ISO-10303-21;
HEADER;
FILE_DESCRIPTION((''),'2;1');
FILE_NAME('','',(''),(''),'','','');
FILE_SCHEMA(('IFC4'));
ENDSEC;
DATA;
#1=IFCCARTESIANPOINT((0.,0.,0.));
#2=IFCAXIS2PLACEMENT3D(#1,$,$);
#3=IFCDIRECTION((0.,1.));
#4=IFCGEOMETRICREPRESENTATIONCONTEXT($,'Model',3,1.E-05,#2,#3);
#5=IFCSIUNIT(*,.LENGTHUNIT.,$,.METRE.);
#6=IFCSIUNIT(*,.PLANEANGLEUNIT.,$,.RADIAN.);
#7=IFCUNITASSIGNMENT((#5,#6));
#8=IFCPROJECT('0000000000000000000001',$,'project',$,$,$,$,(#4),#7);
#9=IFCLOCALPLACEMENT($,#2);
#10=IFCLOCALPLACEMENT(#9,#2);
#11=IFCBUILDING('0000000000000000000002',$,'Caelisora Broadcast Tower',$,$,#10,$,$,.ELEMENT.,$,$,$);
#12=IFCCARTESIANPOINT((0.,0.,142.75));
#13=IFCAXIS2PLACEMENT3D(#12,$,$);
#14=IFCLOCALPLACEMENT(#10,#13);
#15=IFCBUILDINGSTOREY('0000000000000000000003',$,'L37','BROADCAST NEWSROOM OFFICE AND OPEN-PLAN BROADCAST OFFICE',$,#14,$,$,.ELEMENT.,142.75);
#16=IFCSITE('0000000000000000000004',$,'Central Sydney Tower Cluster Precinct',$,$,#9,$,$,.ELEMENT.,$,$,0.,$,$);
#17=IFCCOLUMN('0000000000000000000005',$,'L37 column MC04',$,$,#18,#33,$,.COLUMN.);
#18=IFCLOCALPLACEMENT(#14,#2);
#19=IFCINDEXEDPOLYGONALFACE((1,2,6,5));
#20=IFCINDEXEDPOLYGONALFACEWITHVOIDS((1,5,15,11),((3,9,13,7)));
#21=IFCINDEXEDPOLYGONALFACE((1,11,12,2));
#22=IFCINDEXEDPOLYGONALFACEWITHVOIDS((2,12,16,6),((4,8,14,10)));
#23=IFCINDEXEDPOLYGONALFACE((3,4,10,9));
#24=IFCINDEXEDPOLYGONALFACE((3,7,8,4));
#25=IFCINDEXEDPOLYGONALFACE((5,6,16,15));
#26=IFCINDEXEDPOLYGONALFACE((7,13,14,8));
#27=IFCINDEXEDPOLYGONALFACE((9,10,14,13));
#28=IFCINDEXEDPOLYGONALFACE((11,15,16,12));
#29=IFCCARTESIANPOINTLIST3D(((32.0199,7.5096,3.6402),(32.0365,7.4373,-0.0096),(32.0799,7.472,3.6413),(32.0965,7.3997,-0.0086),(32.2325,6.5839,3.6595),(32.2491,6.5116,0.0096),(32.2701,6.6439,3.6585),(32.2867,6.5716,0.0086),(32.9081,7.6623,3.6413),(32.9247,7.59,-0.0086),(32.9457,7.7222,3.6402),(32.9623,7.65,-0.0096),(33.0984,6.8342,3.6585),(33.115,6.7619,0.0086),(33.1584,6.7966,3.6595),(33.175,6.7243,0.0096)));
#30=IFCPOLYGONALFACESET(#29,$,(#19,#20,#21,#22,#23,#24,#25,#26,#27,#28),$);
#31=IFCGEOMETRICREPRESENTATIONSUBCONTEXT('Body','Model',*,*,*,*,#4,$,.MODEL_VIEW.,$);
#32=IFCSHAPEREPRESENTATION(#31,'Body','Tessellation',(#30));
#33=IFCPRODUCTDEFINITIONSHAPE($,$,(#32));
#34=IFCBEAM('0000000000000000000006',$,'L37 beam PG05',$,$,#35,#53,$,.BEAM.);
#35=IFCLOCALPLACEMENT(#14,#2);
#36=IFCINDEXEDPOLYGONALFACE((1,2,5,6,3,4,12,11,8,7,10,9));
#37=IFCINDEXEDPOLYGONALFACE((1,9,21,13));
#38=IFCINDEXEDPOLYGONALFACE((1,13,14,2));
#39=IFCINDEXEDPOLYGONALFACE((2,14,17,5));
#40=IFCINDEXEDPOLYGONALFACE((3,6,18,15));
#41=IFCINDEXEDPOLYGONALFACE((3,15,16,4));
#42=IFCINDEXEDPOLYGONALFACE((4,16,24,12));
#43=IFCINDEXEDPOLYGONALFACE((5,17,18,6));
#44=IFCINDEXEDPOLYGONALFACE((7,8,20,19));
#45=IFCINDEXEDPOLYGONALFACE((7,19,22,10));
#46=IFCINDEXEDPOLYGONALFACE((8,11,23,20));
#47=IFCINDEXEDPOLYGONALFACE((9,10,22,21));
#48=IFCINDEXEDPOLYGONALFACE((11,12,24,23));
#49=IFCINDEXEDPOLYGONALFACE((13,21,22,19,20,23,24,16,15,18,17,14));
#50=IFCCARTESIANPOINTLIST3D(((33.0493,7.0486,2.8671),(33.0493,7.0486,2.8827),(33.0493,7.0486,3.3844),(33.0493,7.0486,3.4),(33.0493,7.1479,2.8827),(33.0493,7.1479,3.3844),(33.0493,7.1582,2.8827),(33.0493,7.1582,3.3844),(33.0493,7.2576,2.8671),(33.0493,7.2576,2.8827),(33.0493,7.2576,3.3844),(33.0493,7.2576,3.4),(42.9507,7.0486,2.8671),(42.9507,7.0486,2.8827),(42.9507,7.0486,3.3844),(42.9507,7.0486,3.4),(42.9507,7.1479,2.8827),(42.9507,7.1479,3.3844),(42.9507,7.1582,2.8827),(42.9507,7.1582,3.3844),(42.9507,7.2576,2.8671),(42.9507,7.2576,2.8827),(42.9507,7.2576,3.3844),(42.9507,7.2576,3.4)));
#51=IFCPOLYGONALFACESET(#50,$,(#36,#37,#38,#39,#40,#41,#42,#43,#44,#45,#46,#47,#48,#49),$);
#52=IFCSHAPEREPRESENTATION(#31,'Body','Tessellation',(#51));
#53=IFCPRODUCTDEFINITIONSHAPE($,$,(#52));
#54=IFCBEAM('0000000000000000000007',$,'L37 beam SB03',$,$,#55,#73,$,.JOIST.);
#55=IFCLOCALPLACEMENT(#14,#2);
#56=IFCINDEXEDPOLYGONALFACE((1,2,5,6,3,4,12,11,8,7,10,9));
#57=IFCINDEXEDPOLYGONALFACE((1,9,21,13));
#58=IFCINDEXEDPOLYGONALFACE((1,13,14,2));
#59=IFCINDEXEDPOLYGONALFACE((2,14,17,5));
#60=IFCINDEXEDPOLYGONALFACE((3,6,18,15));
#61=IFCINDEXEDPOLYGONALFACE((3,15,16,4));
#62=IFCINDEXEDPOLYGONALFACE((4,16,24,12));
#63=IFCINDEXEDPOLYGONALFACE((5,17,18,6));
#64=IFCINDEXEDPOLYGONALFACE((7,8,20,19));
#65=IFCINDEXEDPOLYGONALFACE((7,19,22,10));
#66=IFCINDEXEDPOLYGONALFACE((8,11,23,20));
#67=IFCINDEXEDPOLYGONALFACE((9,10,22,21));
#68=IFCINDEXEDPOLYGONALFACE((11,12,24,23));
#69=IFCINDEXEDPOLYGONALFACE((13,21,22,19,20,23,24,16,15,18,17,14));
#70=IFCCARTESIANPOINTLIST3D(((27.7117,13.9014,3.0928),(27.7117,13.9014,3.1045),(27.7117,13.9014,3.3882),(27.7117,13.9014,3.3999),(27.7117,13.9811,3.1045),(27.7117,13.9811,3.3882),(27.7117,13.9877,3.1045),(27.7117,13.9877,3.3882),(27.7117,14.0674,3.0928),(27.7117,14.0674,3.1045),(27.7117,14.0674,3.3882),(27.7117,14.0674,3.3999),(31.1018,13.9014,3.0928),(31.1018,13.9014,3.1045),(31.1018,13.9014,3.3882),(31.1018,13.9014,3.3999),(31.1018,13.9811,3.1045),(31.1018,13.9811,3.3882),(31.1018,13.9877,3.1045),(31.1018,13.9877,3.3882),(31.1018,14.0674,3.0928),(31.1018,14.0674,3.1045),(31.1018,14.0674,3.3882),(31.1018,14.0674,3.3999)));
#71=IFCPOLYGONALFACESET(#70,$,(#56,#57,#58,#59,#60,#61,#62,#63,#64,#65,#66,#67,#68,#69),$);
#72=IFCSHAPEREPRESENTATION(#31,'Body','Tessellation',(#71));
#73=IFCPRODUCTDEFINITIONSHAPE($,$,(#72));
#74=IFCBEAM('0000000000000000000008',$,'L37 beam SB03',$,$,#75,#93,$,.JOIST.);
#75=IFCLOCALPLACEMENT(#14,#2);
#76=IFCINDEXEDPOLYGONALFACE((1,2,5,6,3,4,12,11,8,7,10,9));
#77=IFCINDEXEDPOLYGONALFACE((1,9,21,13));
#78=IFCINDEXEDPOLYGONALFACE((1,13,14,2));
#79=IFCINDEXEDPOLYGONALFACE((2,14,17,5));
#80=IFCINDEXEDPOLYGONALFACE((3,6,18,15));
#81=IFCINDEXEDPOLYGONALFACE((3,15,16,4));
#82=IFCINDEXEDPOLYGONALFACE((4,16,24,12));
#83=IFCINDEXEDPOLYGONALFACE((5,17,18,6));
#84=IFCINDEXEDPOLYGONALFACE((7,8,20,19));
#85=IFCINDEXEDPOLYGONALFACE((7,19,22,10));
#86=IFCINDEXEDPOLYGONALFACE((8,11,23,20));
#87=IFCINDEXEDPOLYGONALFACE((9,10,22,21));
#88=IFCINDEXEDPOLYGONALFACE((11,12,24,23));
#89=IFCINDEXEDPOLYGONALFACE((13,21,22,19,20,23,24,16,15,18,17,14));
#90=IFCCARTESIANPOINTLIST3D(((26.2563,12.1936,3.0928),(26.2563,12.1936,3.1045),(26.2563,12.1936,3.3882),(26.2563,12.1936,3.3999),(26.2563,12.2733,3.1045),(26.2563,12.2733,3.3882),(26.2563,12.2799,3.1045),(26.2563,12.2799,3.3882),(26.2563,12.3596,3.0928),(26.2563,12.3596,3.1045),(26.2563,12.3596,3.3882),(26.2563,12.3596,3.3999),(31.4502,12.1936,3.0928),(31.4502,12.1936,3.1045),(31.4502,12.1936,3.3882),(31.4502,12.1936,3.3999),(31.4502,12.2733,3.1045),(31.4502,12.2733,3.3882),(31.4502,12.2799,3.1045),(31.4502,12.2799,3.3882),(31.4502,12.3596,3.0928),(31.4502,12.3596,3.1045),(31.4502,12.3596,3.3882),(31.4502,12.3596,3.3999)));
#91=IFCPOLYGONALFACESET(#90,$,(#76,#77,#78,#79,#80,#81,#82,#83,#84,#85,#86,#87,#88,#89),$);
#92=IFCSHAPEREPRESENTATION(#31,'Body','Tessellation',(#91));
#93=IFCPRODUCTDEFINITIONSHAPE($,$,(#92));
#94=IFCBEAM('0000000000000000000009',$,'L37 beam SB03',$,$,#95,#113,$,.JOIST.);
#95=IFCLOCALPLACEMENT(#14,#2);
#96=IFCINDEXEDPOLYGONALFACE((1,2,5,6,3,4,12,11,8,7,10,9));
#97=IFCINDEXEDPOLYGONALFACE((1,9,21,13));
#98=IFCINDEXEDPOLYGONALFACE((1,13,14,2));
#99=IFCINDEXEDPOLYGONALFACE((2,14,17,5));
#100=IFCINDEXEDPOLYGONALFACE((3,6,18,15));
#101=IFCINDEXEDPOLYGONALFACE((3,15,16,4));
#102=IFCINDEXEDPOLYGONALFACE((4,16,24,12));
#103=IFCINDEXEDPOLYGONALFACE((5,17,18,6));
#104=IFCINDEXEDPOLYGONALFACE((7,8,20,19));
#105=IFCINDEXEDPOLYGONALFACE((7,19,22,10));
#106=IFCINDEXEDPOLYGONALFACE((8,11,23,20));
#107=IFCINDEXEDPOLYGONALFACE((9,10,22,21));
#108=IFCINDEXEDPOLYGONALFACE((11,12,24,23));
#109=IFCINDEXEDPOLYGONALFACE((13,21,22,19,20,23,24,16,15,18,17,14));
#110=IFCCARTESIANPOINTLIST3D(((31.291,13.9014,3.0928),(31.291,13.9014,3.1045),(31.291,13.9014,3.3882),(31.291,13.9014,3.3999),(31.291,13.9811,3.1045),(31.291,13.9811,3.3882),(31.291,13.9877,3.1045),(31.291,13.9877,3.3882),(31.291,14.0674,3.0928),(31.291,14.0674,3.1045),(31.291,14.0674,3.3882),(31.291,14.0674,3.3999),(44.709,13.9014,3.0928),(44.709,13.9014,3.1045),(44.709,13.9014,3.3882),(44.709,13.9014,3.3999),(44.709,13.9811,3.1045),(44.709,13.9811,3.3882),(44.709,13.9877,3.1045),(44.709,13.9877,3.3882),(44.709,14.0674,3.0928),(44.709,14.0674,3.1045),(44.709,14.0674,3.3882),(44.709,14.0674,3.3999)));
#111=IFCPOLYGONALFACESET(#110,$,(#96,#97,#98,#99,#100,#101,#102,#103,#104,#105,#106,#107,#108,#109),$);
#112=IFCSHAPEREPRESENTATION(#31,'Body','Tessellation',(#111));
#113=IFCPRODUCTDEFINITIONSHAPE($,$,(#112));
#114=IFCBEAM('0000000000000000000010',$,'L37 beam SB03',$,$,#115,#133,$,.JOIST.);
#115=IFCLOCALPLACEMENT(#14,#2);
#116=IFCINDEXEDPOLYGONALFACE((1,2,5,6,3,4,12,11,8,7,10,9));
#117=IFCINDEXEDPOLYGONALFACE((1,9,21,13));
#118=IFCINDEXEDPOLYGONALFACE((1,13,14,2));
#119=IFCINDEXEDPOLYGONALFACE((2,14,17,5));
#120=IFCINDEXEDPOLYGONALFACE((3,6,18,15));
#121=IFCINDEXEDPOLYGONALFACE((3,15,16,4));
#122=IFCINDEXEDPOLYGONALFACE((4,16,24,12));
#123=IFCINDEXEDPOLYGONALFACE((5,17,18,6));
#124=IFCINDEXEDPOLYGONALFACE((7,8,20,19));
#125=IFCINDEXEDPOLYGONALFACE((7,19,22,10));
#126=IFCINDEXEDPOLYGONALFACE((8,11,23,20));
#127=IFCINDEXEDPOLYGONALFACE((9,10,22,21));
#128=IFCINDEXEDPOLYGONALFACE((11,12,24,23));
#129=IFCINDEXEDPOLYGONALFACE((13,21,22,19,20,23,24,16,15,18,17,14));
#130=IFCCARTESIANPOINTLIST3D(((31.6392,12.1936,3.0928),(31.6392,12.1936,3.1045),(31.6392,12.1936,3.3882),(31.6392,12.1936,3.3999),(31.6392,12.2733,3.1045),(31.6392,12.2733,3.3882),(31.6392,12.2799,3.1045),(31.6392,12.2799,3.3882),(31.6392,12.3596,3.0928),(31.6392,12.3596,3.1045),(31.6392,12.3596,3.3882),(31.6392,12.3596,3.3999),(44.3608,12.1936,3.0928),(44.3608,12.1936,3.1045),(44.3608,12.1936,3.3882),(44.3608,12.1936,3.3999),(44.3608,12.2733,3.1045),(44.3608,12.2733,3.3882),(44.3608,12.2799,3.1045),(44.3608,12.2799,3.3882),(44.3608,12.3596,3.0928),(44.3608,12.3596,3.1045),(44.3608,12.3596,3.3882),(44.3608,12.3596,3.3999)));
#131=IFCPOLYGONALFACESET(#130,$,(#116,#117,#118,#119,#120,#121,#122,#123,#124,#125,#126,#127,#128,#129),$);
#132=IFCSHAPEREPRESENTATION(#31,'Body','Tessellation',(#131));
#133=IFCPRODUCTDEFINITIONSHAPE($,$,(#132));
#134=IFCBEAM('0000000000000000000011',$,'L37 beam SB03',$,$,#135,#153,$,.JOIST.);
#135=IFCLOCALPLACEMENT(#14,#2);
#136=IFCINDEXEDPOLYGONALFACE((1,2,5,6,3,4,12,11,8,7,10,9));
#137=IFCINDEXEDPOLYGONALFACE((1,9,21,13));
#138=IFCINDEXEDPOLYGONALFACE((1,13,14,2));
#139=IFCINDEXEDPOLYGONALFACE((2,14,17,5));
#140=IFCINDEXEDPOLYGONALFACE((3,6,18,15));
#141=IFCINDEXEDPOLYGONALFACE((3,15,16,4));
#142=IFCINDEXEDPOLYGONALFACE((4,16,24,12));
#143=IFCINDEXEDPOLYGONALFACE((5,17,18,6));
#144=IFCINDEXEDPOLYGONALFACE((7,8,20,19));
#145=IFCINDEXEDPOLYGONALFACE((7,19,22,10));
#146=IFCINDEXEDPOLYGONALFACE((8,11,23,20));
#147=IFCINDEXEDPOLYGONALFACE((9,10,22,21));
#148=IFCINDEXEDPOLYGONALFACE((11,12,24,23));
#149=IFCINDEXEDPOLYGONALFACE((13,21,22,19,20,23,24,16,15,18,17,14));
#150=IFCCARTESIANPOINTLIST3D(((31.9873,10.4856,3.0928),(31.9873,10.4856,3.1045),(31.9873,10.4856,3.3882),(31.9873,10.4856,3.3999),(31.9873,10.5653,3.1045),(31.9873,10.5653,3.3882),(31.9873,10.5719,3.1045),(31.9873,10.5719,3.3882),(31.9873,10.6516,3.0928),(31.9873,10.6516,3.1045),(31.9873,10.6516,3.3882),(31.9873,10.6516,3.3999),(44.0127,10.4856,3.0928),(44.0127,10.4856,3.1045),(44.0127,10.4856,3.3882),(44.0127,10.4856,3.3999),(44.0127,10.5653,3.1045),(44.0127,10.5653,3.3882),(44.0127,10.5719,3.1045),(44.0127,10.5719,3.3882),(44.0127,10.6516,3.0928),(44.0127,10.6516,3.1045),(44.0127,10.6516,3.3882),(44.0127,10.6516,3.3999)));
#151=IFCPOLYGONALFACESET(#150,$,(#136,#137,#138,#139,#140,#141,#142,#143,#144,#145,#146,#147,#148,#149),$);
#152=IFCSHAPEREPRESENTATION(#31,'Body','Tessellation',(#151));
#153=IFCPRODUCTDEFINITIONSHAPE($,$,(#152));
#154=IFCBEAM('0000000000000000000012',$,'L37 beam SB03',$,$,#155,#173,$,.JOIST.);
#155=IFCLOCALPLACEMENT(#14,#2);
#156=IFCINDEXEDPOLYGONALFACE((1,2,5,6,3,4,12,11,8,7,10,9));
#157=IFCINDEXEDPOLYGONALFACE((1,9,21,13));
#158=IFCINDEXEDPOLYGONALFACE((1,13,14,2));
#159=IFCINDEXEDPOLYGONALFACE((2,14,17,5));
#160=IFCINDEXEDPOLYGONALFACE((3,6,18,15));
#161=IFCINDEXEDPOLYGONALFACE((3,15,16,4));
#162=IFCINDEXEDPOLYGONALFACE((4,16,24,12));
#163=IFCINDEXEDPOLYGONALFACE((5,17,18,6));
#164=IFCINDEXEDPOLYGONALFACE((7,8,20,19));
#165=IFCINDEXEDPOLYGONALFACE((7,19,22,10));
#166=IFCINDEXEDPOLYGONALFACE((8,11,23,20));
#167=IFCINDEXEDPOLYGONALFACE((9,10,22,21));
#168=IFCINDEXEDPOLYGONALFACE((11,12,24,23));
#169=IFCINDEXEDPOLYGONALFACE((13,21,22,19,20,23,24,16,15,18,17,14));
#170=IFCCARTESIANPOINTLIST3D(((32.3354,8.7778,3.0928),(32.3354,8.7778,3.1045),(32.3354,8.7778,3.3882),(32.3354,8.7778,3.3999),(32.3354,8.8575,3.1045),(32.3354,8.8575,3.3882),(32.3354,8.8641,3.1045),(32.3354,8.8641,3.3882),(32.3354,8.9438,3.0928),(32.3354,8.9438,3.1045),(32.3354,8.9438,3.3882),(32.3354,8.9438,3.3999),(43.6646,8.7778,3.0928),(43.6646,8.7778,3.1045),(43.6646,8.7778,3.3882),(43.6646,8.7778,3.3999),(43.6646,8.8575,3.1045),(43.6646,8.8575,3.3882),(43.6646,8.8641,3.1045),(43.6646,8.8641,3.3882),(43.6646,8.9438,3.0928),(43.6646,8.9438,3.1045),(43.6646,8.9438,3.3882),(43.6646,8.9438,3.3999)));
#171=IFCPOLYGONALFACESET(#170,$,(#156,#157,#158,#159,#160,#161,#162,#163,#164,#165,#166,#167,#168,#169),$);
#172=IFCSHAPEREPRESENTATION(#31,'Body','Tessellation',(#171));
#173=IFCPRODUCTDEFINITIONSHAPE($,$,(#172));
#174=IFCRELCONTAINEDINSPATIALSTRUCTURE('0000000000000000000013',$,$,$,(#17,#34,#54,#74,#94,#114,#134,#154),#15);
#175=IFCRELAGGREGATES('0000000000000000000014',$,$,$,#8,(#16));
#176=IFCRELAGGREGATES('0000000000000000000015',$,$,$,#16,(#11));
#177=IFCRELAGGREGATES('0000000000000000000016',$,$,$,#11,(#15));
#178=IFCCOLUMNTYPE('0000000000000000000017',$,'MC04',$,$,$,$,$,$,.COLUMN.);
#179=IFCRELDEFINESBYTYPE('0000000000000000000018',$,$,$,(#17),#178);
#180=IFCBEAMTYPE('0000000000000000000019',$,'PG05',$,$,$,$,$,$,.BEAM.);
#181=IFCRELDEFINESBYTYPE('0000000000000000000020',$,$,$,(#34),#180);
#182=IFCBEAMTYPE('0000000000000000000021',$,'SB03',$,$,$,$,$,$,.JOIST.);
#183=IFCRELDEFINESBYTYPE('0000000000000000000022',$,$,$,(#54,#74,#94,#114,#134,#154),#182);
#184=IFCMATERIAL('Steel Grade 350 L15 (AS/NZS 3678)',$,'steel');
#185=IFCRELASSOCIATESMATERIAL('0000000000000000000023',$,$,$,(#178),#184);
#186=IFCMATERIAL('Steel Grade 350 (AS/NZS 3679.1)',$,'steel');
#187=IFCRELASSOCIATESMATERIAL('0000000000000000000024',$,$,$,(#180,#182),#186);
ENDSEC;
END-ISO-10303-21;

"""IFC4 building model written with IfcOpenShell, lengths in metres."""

from ifc_helpers import new_model, si_unit, direction, frame, origin, origin_2d, place, context, subcontext, project, spatial, hollow_rectangle, i_section, extrude, source, transform, mapped, material, material_profile, profile_set, type_object, type_shapes, element, save


model = new_model("IFC4")

# Units and contexts
model_context = context("Model", 3, precision=1e-05, world=origin(), true_north=direction((0.0, 1.0)))
body_context = subcontext(model_context, "Body", "Model", "MODEL_VIEW")
ifc_project = project(units=[si_unit("LENGTHUNIT", "METRE"), si_unit("PLANEANGLEUNIT", "RADIAN")], contexts=[model_context])

# Site, building, storey
site_placement = place(None, origin())
site = spatial("IfcSite", under=ifc_project, at=site_placement, Name="Central Sydney Tower Cluster Precinct", CompositionType="ELEMENT", RefElevation=0.0)
building_placement = place(site_placement, origin())
building = spatial("IfcBuilding", under=site, at=building_placement, Name="Caelisora Broadcast Tower", CompositionType="ELEMENT")
storey_placement = place(building_placement, frame((0.0, 0.0, 142.75)))
storey = spatial("IfcBuildingStorey", under=building, at=storey_placement, Name="L37", Description="BROADCAST NEWSROOM OFFICE AND OPEN-PLAN BROADCAST OFFICE", CompositionType="ELEMENT", Elevation=142.75)

# Column
ifc_material_1 = material(Name="Steel Grade 350 L15 (AS/NZS 3678)", Category="steel")
ifc_material_profile_1 = material_profile(ifc_material_1, hollow_rectangle(XDim=0.95, YDim=0.95, WallThickness=0.05, at=origin_2d()), Name="Steel Grade 350 L15 (AS/NZS 3678)")
ifc_profile_set_1 = profile_set([ifc_material_profile_1], Name="Steel Grade 350 L15 (AS/NZS 3678)")
column_type = type_object("IfcColumnType", Name="MC04", PredefinedType="COLUMN", material=ifc_profile_set_1)
shared_shape_1 = source(origin(), body_context, "Body", "SweptSolid", [
    extrude(hollow_rectangle(XDim=0.95, YDim=0.95, WallThickness=0.05, at=origin_2d()), origin(), (0.0, 0.0, 1.0), 3.6506),
])
type_shapes(column_type, [shared_shape_1])
column_placement = place(storey_placement, frame((32.6057, 7.0808, 0.0), z_axis=(-0.004548, 0.019795, 0.999794), x_axis=(-0.974613, -0.223898, 0.0)))
element("IfcColumn", 1, at=column_placement, inside=storey, type_object=column_type, Name="L37 column MC04", PredefinedType="COLUMN", context=body_context, shape_type="MappedRepresentation", body=[
    mapped(shared_shape_1, transform((0.0, 0.0, 0.0), scale=1.0)),
])

# Beams
ifc_material_2 = material(Name="Steel Grade 350 (AS/NZS 3679.1)", Category="steel")
ifc_material_profile_2 = material_profile(ifc_material_2, i_section(OverallWidth=0.209, OverallDepth=0.533, WebThickness=0.0103, FlangeThickness=0.0156, at=origin_2d()), Name="Steel Grade 350 (AS/NZS 3679.1)")
ifc_profile_set_2 = profile_set([ifc_material_profile_2], Name="Steel Grade 350 (AS/NZS 3679.1)")
beam_type_1 = type_object("IfcBeamType", Name="PG05", PredefinedType="BEAM", material=ifc_profile_set_2)
shared_shape_2 = source(origin(), body_context, "Body", "SweptSolid", [
    extrude(i_section(OverallWidth=0.209, OverallDepth=0.533, WebThickness=0.0103, FlangeThickness=0.0156, at=origin_2d()), origin(), (0.0, 0.0, 1.0), 9.9014),
])
type_shapes(beam_type_1, [shared_shape_2])
beam_1_placement = place(storey_placement, frame((33.0493, 7.1531, 3.1335), z_axis=(1.0, 0.0, 0.0), x_axis=(0.0, 1.0, 0.0)))
element("IfcBeam", 2, at=beam_1_placement, inside=storey, type_object=beam_type_1, Name="L37 beam PG05", PredefinedType="BEAM", context=body_context, shape_type="MappedRepresentation", body=[
    mapped(shared_shape_2, transform((0.0, 0.0, 0.0), scale=1.0)),
])
ifc_material_profile_3 = material_profile(ifc_material_2, i_section(OverallWidth=0.166, OverallDepth=0.3071, WebThickness=0.0066, FlangeThickness=0.0117, at=origin_2d()), Name="Steel Grade 350 (AS/NZS 3679.1)")
ifc_profile_set_3 = profile_set([ifc_material_profile_3], Name="Steel Grade 350 (AS/NZS 3679.1)")
beam_type_2 = type_object("IfcBeamType", Name="SB03", PredefinedType="JOIST", material=ifc_profile_set_3)
shared_shape_3 = source(origin(), body_context, "Body", "SweptSolid", [
    extrude(i_section(OverallWidth=0.166, OverallDepth=0.3071, WebThickness=0.0066, FlangeThickness=0.0117, at=origin_2d()), origin(), (0.0, 0.0, 1.0), 3.3901),
])
beam_2_placement = place(storey_placement, frame((27.7117, 13.9844, 3.2463), z_axis=(1.0, 0.0, 0.0), x_axis=(0.0, 1.0, 0.0)))
element("IfcBeam", 3, at=beam_2_placement, inside=storey, type_object=beam_type_2, Name="L37 beam SB03", PredefinedType="JOIST", context=body_context, shape_type="MappedRepresentation", body=[
    mapped(shared_shape_3, transform((0.0, 0.0, 0.0), scale=1.0)),
])
shared_shape_4 = source(origin(), body_context, "Body", "SweptSolid", [
    extrude(i_section(OverallWidth=0.166, OverallDepth=0.3071, WebThickness=0.0066, FlangeThickness=0.0117, at=origin_2d()), origin(), (0.0, 0.0, 1.0), 5.1938),
])
beam_3_placement = place(storey_placement, frame((26.2563, 12.2766, 3.2463), z_axis=(1.0, 0.0, 0.0), x_axis=(0.0, 1.0, 0.0)))
element("IfcBeam", 4, at=beam_3_placement, inside=storey, type_object=beam_type_2, Name="L37 beam SB03", PredefinedType="JOIST", context=body_context, shape_type="MappedRepresentation", body=[
    mapped(shared_shape_4, transform((0.0, 0.0, 0.0), scale=1.0)),
])
shared_shape_5 = source(origin(), body_context, "Body", "SweptSolid", [
    extrude(i_section(OverallWidth=0.166, OverallDepth=0.3071, WebThickness=0.0066, FlangeThickness=0.0117, at=origin_2d()), origin(), (0.0, 0.0, 1.0), 13.418),
])
beam_4_placement = place(storey_placement, frame((31.291, 13.9844, 3.2463), z_axis=(1.0, 0.0, 0.0), x_axis=(0.0, 1.0, 0.0)))
element("IfcBeam", 5, at=beam_4_placement, inside=storey, type_object=beam_type_2, Name="L37 beam SB03", PredefinedType="JOIST", context=body_context, shape_type="MappedRepresentation", body=[
    mapped(shared_shape_5, transform((0.0, 0.0, 0.0), scale=1.0)),
])
shared_shape_6 = source(origin(), body_context, "Body", "SweptSolid", [
    extrude(i_section(OverallWidth=0.166, OverallDepth=0.3071, WebThickness=0.0066, FlangeThickness=0.0117, at=origin_2d()), origin(), (0.0, 0.0, 1.0), 12.7217),
])
beam_5_placement = place(storey_placement, frame((31.6392, 12.2766, 3.2463), z_axis=(1.0, 0.0, 0.0), x_axis=(0.0, 1.0, 0.0)))
element("IfcBeam", 6, at=beam_5_placement, inside=storey, type_object=beam_type_2, Name="L37 beam SB03", PredefinedType="JOIST", context=body_context, shape_type="MappedRepresentation", body=[
    mapped(shared_shape_6, transform((0.0, 0.0, 0.0), scale=1.0)),
])
shared_shape_7 = source(origin(), body_context, "Body", "SweptSolid", [
    extrude(i_section(OverallWidth=0.166, OverallDepth=0.3071, WebThickness=0.0066, FlangeThickness=0.0117, at=origin_2d()), origin(), (0.0, 0.0, 1.0), 12.0254),
])
beam_6_placement = place(storey_placement, frame((31.9873, 10.5686, 3.2463), z_axis=(1.0, 0.0, 0.0), x_axis=(0.0, 1.0, 0.0)))
element("IfcBeam", 7, at=beam_6_placement, inside=storey, type_object=beam_type_2, Name="L37 beam SB03", PredefinedType="JOIST", context=body_context, shape_type="MappedRepresentation", body=[
    mapped(shared_shape_7, transform((0.0, 0.0, 0.0), scale=1.0)),
])
shared_shape_8 = source(origin(), body_context, "Body", "SweptSolid", [
    extrude(i_section(OverallWidth=0.166, OverallDepth=0.3071, WebThickness=0.0066, FlangeThickness=0.0117, at=origin_2d()), origin(), (0.0, 0.0, 1.0), 11.3291),
])
type_shapes(beam_type_2, [shared_shape_3, shared_shape_4, shared_shape_5, shared_shape_6, shared_shape_7, shared_shape_8])
beam_7_placement = place(storey_placement, frame((32.3354, 8.8608, 3.2463), z_axis=(1.0, 0.0, 0.0), x_axis=(0.0, 1.0, 0.0)))
element("IfcBeam", 8, at=beam_7_placement, inside=storey, type_object=beam_type_2, Name="L37 beam SB03", PredefinedType="JOIST", context=body_context, shape_type="MappedRepresentation", body=[
    mapped(shared_shape_8, transform((0.0, 0.0, 0.0), scale=1.0)),
])

save(model, "model.ifc")
